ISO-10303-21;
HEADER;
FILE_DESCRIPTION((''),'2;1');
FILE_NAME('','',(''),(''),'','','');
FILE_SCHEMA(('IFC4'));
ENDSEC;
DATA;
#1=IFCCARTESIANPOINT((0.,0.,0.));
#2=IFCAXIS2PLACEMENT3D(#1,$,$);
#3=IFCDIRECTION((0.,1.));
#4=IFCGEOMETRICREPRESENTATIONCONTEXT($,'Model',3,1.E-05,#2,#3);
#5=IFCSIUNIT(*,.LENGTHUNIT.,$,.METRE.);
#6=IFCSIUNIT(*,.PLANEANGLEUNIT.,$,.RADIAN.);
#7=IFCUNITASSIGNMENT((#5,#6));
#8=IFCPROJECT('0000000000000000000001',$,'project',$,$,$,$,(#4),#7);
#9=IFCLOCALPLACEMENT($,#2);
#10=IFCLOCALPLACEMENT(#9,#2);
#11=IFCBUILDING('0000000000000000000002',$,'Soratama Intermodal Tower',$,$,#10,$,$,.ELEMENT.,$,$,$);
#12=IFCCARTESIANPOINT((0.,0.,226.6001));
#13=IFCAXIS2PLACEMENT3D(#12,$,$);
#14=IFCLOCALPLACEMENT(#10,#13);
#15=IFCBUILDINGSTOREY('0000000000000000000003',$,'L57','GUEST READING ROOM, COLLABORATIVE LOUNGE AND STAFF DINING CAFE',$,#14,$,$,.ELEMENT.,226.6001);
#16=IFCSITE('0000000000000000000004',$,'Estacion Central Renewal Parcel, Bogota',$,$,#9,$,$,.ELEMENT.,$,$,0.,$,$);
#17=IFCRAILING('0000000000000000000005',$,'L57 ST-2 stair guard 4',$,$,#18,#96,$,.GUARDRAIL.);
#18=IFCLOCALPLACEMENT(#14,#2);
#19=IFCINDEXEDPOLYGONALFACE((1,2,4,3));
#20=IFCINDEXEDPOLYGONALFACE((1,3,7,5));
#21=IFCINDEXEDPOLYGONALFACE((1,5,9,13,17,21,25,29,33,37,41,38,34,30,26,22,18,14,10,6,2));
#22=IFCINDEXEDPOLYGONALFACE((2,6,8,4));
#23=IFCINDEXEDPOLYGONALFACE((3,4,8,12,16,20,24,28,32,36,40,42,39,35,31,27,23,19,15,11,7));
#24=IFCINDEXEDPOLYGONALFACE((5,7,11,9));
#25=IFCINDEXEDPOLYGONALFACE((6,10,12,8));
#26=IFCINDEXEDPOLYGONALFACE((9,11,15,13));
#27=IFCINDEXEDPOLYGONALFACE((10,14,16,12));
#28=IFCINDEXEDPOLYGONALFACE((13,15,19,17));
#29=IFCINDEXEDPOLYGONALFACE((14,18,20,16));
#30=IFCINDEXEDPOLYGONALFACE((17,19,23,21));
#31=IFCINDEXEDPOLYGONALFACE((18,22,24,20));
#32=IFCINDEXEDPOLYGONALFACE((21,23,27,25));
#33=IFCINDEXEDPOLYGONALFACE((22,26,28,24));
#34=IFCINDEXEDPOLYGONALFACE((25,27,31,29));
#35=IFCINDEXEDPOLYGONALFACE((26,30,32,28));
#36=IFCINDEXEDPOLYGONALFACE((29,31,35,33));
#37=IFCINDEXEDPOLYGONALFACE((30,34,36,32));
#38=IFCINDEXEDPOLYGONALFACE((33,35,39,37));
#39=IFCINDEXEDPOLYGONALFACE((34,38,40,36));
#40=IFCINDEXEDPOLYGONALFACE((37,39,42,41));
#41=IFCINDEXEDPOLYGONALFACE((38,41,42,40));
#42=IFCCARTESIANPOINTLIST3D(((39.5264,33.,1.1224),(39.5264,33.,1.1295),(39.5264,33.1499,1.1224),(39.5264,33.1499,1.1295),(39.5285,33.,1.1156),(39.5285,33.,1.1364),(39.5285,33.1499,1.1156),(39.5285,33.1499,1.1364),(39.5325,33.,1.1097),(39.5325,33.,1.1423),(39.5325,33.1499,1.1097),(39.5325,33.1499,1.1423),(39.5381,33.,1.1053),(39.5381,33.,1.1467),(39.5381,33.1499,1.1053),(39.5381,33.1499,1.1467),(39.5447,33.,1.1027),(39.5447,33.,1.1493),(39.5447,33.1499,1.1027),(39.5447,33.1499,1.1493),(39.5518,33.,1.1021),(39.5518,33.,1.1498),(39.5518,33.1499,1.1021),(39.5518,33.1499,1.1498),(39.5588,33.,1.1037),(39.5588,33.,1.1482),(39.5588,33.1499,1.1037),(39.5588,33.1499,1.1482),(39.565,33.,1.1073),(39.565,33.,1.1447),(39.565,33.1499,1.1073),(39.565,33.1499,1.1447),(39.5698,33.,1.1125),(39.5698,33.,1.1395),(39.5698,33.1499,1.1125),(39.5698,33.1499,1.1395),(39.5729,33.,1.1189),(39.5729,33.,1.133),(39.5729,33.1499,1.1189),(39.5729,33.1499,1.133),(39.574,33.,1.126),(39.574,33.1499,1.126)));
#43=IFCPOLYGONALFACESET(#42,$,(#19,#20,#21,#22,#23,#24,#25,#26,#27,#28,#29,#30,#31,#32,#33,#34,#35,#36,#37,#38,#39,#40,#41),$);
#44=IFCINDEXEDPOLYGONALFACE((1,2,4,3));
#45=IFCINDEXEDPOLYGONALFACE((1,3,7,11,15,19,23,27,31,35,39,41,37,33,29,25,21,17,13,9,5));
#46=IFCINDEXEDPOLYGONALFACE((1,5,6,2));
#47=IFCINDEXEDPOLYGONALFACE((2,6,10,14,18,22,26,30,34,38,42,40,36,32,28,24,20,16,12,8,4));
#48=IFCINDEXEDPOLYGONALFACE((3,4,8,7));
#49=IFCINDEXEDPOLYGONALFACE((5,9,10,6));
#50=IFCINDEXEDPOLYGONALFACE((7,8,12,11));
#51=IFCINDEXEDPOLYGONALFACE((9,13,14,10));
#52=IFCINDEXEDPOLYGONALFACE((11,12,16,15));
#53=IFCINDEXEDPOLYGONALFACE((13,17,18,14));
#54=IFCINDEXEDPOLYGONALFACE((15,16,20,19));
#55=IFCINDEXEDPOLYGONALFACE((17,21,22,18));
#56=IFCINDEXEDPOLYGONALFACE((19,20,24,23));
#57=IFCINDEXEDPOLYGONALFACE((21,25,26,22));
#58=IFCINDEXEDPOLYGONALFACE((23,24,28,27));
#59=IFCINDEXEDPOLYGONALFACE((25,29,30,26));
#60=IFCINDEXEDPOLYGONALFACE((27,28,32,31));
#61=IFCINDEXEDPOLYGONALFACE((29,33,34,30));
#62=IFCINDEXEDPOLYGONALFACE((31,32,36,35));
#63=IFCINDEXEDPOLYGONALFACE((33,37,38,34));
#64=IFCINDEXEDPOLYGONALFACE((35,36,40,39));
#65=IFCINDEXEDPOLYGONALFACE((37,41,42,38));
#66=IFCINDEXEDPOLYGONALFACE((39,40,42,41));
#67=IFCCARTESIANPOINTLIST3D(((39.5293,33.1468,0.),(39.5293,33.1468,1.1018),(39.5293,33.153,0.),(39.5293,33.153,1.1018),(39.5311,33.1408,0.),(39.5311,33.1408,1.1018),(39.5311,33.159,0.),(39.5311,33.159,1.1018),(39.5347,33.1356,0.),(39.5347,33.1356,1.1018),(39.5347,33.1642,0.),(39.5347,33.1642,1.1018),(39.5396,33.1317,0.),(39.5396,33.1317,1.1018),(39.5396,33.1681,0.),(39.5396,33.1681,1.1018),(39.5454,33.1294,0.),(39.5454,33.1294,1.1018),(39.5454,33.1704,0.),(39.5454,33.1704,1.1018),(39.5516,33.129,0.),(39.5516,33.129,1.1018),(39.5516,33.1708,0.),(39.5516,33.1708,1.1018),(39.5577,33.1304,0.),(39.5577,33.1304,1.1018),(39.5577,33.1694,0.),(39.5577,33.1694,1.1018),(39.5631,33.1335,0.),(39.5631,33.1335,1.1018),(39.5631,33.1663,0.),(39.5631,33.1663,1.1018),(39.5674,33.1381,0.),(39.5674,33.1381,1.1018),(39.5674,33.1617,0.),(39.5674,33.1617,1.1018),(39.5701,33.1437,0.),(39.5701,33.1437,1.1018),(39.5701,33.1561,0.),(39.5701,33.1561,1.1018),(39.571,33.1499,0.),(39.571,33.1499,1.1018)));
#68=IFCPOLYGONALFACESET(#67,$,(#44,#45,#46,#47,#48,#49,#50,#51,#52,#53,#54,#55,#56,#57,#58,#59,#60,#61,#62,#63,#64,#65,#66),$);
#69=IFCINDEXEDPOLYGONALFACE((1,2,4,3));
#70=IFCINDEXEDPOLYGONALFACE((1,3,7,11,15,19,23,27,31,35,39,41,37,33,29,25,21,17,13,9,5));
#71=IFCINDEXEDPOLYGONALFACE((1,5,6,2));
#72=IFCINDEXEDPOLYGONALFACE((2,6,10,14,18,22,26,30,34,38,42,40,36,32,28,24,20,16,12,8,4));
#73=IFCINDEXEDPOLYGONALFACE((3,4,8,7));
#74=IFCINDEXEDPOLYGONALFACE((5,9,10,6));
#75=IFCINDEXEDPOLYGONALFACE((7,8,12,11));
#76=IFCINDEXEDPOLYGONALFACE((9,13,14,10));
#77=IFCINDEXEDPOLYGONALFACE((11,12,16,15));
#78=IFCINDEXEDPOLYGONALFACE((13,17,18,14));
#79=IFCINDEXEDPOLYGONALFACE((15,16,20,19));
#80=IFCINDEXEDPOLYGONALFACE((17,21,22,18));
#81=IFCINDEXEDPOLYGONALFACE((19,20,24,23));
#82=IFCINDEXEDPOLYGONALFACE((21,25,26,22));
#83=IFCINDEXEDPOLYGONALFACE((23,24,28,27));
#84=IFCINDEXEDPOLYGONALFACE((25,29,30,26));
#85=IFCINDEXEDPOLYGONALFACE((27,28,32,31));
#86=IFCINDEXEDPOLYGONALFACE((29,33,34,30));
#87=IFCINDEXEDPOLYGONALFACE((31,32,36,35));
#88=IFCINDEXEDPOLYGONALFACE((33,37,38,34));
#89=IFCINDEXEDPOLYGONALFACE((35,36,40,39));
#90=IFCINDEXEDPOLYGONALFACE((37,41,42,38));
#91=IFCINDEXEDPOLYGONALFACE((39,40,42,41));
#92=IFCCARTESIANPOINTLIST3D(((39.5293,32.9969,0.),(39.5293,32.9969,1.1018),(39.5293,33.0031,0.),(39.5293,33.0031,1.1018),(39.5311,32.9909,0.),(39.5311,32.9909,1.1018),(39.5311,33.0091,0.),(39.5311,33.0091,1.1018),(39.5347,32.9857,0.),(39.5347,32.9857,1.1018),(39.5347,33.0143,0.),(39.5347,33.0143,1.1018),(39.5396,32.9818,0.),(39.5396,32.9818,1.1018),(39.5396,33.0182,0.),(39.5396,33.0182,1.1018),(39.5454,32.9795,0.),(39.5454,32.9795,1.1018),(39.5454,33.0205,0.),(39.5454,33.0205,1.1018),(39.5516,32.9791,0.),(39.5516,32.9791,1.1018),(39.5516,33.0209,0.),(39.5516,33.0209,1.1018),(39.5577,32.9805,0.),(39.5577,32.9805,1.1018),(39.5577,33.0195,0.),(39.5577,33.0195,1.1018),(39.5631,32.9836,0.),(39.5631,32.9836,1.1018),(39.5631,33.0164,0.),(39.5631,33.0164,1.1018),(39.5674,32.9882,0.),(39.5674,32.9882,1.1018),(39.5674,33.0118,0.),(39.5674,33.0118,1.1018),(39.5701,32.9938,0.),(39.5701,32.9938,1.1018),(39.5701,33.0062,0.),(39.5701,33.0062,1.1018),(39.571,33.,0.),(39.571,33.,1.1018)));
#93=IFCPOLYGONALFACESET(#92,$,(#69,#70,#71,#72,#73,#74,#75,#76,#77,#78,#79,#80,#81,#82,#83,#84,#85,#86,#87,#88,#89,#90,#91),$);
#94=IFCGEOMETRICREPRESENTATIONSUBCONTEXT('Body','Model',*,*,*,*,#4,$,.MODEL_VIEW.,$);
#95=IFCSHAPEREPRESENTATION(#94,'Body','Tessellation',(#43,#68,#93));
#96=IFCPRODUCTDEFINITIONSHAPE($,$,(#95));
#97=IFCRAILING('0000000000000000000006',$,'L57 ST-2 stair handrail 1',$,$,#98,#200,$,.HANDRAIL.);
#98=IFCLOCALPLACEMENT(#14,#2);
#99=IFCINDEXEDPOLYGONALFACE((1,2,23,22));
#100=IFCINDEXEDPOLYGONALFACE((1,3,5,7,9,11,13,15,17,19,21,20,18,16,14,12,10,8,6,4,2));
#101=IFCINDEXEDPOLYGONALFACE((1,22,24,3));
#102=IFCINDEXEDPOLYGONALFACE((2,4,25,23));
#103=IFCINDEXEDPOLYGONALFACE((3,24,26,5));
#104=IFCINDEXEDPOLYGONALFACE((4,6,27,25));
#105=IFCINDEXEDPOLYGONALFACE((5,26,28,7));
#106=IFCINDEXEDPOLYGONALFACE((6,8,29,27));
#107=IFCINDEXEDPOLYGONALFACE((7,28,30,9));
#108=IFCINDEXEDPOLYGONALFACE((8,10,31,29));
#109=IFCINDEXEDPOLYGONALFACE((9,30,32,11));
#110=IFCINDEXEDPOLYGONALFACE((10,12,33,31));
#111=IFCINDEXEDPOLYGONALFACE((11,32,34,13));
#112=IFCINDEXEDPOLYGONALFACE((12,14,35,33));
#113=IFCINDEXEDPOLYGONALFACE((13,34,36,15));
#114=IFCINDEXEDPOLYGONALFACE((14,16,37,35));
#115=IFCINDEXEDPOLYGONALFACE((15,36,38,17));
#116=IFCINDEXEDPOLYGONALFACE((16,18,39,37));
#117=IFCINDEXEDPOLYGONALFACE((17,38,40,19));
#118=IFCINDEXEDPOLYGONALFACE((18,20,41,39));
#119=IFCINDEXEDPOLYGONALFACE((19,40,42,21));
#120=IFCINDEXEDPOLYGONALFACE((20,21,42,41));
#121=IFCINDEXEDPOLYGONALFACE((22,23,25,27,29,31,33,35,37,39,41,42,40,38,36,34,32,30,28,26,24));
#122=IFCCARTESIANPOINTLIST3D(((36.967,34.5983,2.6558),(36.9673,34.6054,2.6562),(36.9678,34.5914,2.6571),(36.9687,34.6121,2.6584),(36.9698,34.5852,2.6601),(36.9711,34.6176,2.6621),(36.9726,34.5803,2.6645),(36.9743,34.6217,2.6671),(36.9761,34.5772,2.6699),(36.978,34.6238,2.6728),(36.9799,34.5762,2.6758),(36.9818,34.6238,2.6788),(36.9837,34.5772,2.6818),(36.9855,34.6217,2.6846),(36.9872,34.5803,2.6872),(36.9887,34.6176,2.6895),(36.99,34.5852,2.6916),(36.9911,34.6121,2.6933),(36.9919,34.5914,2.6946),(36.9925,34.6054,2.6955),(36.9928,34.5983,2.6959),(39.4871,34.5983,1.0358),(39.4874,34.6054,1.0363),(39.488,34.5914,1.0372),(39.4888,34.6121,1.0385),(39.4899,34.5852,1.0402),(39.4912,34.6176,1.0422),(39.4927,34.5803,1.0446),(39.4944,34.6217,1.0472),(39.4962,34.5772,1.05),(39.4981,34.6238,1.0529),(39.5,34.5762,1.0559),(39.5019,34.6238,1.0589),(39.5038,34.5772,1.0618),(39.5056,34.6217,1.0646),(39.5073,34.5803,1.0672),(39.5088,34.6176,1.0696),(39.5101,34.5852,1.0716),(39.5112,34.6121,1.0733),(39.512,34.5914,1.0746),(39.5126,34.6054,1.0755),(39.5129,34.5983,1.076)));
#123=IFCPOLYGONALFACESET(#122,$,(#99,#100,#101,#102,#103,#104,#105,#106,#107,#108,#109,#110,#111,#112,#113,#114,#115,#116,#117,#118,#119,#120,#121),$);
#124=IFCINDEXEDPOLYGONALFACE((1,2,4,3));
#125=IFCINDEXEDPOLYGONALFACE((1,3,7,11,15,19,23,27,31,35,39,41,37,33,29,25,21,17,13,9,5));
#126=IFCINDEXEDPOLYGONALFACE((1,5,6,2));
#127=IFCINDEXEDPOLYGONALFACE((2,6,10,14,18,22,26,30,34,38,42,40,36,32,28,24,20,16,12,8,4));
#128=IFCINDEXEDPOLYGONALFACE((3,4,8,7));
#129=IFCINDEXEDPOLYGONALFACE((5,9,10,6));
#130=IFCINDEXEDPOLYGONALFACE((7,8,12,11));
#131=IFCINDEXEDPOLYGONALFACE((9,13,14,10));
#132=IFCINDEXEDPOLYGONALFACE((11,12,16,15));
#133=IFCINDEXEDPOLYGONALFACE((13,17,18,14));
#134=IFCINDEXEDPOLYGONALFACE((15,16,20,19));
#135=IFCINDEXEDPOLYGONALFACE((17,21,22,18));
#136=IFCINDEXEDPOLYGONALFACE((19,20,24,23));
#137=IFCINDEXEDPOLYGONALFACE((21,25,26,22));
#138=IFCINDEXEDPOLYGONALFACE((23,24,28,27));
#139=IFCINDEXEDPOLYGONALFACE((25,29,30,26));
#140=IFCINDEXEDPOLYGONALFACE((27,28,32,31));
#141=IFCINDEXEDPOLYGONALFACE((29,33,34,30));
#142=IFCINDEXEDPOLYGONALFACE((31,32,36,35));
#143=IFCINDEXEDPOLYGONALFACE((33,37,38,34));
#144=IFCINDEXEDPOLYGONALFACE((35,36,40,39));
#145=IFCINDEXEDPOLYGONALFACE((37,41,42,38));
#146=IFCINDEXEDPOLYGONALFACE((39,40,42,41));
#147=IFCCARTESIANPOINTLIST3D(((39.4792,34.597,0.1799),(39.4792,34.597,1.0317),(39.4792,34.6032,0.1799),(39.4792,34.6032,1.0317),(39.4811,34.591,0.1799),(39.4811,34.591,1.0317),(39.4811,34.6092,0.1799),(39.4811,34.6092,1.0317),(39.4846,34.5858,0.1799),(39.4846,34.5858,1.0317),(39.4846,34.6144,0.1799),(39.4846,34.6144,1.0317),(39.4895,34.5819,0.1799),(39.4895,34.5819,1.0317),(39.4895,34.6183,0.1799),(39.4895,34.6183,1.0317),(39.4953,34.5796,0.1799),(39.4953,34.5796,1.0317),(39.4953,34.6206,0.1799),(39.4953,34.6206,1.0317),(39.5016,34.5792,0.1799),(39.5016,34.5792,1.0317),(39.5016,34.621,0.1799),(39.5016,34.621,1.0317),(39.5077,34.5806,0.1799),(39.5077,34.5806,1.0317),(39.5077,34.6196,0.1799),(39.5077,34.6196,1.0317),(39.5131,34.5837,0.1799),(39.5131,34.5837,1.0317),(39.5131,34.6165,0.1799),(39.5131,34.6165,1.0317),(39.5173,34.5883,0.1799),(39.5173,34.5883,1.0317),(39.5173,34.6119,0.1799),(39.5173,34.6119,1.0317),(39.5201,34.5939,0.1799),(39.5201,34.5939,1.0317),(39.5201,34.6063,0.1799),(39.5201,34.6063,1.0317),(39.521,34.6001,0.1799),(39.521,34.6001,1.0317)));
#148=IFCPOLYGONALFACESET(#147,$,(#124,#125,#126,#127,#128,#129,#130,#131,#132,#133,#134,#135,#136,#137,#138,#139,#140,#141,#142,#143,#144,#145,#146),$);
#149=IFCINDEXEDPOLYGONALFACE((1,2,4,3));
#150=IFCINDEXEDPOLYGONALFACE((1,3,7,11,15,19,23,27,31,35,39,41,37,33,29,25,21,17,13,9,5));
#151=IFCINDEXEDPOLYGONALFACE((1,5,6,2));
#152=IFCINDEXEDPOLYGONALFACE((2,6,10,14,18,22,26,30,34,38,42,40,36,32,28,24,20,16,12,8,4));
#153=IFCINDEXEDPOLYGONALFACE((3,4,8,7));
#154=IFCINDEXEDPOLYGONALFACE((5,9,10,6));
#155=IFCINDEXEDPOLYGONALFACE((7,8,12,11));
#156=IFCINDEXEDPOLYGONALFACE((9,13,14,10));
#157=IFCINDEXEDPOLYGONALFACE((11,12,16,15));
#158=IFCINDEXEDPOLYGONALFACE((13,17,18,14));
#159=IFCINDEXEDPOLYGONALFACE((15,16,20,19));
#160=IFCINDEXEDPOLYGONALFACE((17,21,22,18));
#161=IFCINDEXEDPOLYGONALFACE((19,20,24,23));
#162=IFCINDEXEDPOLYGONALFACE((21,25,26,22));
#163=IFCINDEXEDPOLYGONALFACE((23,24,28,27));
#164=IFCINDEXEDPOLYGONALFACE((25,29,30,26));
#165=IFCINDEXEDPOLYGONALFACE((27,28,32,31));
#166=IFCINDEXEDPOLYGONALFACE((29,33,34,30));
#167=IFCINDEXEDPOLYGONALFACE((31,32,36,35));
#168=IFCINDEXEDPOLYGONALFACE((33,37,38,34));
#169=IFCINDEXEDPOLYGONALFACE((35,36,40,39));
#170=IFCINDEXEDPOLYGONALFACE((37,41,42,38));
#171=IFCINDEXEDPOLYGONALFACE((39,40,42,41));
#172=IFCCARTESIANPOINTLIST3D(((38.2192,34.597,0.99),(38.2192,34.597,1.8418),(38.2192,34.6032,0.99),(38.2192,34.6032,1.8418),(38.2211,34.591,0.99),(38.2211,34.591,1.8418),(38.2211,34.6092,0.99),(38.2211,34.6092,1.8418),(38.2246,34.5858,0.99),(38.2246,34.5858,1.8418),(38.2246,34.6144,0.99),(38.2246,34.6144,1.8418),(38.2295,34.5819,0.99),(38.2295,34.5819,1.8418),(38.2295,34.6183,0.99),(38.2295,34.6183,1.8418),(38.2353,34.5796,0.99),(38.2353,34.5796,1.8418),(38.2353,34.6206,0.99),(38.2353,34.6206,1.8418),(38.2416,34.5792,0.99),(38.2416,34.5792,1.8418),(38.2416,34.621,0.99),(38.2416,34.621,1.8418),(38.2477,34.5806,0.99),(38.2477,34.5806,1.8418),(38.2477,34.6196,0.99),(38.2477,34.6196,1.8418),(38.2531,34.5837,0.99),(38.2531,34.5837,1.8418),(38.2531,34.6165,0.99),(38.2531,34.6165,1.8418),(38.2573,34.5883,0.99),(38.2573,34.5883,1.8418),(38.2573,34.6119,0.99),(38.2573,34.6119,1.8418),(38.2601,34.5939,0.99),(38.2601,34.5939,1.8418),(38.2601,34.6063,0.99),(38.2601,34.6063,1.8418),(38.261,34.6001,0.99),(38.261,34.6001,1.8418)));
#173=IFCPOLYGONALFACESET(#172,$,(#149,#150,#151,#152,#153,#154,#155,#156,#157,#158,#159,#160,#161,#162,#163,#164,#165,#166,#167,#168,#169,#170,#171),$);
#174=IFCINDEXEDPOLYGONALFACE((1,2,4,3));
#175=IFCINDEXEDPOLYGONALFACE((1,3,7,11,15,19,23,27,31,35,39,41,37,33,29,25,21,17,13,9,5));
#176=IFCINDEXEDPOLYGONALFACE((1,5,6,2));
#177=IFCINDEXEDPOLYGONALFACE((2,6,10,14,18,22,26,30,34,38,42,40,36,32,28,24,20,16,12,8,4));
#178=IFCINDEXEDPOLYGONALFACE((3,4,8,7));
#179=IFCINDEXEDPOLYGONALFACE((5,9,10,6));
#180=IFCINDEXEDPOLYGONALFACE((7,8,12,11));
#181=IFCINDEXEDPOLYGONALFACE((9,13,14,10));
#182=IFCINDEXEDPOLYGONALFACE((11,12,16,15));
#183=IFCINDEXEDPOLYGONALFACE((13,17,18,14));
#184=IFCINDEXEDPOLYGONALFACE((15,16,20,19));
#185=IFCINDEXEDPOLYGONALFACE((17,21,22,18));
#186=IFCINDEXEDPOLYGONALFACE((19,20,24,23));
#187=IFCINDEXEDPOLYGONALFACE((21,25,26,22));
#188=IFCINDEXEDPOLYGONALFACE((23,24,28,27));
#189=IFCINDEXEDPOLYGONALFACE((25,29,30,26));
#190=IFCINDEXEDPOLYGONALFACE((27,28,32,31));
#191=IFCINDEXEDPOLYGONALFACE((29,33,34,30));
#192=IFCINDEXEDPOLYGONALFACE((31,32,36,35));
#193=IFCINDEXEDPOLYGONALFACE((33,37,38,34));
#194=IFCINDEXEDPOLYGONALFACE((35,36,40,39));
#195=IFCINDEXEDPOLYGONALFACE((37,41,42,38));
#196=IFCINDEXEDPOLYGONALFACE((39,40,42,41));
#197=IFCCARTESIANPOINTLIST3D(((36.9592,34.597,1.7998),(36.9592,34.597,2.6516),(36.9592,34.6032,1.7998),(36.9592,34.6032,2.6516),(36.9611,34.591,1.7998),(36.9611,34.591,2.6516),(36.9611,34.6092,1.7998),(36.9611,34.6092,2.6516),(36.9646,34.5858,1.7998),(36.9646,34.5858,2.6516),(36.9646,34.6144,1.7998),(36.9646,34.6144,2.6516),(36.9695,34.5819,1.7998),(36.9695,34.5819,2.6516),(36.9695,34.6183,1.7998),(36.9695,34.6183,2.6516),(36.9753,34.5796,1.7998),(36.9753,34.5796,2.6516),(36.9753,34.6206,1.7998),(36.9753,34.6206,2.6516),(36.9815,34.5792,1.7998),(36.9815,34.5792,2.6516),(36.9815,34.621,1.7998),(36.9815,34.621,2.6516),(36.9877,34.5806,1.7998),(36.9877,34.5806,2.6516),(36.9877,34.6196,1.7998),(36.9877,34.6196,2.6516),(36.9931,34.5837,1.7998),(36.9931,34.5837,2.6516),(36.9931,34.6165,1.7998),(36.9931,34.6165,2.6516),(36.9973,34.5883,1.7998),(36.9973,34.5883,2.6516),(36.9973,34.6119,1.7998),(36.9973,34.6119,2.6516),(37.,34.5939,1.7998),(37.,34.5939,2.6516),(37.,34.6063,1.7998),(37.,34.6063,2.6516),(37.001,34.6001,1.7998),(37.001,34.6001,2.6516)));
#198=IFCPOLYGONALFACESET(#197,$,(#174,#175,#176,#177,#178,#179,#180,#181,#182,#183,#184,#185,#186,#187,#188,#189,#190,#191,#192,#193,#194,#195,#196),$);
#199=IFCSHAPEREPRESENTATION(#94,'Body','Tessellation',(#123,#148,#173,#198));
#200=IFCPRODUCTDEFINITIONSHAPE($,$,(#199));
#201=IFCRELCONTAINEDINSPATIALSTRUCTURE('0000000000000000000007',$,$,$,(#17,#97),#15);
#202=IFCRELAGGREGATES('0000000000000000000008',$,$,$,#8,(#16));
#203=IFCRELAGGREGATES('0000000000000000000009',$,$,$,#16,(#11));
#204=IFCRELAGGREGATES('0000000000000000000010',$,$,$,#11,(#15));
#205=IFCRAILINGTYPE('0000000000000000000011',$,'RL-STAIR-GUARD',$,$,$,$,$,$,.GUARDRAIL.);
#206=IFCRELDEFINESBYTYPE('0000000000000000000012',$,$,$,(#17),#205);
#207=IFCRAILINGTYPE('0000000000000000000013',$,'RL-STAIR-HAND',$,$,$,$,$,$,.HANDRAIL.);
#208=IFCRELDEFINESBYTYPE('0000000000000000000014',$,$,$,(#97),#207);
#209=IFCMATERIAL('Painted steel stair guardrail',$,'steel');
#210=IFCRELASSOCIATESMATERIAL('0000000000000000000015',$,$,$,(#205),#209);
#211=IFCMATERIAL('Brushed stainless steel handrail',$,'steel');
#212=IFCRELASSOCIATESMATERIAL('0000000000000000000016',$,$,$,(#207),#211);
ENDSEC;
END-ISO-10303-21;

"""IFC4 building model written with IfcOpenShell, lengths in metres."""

from ifc_helpers import new_model, si_unit, direction, frame, origin, origin_2d, place, context, subcontext, project, spatial, circle, extrude, material, type_object, element, save


model = new_model("IFC4")

# Units and contexts
model_context = context("Model", 3, precision=1e-05, world=origin(), true_north=direction((0.0, 1.0)))
body_context = subcontext(model_context, "Body", "Model", "MODEL_VIEW")
ifc_project = project(units=[si_unit("LENGTHUNIT", "METRE"), si_unit("PLANEANGLEUNIT", "RADIAN")], contexts=[model_context])

# Site, building, storey
site_placement = place(None, origin())
site = spatial("IfcSite", under=ifc_project, at=site_placement, Name="Estacion Central Renewal Parcel, Bogota", CompositionType="ELEMENT", RefElevation=0.0)
building_placement = place(site_placement, origin())
building = spatial("IfcBuilding", under=site, at=building_placement, Name="Soratama Intermodal Tower", CompositionType="ELEMENT")
storey_placement = place(building_placement, frame((0.0, 0.0, 226.6001)))
storey = spatial("IfcBuildingStorey", under=building, at=storey_placement, Name="L57", Description="GUEST READING ROOM, COLLABORATIVE LOUNGE AND STAFF DINING CAFE", CompositionType="ELEMENT", Elevation=226.6001)

# Railings
ifc_material_1 = material(Name="Painted steel stair guardrail", Category="steel")
railing_type_1 = type_object("IfcRailingType", Name="RL-STAIR-GUARD", PredefinedType="GUARDRAIL", material=ifc_material_1)
railing_1_placement = place(storey_placement, frame((39.55, 33.1499, 0.0)))
element("IfcRailing", 1, at=railing_1_placement, inside=storey, type_object=railing_type_1, Name="L57 ST-2 stair guard 4", PredefinedType="GUARDRAIL", context=body_context, shape_type="SweptSolid", body=[
    extrude(circle(Radius=0.0239, at=origin_2d()), frame((0.0, 0.0, 1.126), z_axis=(0.0, -1.0, 0.0), x_axis=(1.0, 0.0, 0.0)), (0.0, 0.0, 1.0), 0.1499),
    extrude(circle(Radius=0.021, at=origin_2d()), origin(), (0.0, 0.0, 1.0), 1.1018),
    extrude(circle(Radius=0.021, at=origin_2d()), frame((0.0, -0.1499, 0.0)), (0.0, 0.0, 1.0), 1.1018),
])
ifc_material_2 = material(Name="Brushed stainless steel handrail", Category="steel")
railing_type_2 = type_object("IfcRailingType", Name="RL-STAIR-HAND", PredefinedType="HANDRAIL", material=ifc_material_2)
railing_2_placement = place(storey_placement, frame((39.5, 34.6001, 0.1799)))
element("IfcRailing", 2, at=railing_2_placement, inside=storey, type_object=railing_type_2, Name="L57 ST-2 stair handrail 1", PredefinedType="HANDRAIL", context=body_context, shape_type="SweptSolid", body=[
    extrude(circle(Radius=0.0239, at=origin_2d()), frame((0.0, 0.0, 0.876), z_axis=(-0.8412, 0.0, 0.540725), x_axis=(0.0, -1.0, 0.0)), (0.0, 0.0, 1.0), 2.9958),
    extrude(circle(Radius=0.021, at=origin_2d()), origin(), (0.0, 0.0, 1.0), 0.8518),
    extrude(circle(Radius=0.021, at=origin_2d()), frame((-1.26, 0.0, 0.8101)), (0.0, 0.0, 1.0), 0.8518),
    extrude(circle(Radius=0.021, at=origin_2d()), frame((-2.52, 0.0, 1.6199)), (0.0, 0.0, 1.0), 0.8518),
])

save(model, "model.ifc")
